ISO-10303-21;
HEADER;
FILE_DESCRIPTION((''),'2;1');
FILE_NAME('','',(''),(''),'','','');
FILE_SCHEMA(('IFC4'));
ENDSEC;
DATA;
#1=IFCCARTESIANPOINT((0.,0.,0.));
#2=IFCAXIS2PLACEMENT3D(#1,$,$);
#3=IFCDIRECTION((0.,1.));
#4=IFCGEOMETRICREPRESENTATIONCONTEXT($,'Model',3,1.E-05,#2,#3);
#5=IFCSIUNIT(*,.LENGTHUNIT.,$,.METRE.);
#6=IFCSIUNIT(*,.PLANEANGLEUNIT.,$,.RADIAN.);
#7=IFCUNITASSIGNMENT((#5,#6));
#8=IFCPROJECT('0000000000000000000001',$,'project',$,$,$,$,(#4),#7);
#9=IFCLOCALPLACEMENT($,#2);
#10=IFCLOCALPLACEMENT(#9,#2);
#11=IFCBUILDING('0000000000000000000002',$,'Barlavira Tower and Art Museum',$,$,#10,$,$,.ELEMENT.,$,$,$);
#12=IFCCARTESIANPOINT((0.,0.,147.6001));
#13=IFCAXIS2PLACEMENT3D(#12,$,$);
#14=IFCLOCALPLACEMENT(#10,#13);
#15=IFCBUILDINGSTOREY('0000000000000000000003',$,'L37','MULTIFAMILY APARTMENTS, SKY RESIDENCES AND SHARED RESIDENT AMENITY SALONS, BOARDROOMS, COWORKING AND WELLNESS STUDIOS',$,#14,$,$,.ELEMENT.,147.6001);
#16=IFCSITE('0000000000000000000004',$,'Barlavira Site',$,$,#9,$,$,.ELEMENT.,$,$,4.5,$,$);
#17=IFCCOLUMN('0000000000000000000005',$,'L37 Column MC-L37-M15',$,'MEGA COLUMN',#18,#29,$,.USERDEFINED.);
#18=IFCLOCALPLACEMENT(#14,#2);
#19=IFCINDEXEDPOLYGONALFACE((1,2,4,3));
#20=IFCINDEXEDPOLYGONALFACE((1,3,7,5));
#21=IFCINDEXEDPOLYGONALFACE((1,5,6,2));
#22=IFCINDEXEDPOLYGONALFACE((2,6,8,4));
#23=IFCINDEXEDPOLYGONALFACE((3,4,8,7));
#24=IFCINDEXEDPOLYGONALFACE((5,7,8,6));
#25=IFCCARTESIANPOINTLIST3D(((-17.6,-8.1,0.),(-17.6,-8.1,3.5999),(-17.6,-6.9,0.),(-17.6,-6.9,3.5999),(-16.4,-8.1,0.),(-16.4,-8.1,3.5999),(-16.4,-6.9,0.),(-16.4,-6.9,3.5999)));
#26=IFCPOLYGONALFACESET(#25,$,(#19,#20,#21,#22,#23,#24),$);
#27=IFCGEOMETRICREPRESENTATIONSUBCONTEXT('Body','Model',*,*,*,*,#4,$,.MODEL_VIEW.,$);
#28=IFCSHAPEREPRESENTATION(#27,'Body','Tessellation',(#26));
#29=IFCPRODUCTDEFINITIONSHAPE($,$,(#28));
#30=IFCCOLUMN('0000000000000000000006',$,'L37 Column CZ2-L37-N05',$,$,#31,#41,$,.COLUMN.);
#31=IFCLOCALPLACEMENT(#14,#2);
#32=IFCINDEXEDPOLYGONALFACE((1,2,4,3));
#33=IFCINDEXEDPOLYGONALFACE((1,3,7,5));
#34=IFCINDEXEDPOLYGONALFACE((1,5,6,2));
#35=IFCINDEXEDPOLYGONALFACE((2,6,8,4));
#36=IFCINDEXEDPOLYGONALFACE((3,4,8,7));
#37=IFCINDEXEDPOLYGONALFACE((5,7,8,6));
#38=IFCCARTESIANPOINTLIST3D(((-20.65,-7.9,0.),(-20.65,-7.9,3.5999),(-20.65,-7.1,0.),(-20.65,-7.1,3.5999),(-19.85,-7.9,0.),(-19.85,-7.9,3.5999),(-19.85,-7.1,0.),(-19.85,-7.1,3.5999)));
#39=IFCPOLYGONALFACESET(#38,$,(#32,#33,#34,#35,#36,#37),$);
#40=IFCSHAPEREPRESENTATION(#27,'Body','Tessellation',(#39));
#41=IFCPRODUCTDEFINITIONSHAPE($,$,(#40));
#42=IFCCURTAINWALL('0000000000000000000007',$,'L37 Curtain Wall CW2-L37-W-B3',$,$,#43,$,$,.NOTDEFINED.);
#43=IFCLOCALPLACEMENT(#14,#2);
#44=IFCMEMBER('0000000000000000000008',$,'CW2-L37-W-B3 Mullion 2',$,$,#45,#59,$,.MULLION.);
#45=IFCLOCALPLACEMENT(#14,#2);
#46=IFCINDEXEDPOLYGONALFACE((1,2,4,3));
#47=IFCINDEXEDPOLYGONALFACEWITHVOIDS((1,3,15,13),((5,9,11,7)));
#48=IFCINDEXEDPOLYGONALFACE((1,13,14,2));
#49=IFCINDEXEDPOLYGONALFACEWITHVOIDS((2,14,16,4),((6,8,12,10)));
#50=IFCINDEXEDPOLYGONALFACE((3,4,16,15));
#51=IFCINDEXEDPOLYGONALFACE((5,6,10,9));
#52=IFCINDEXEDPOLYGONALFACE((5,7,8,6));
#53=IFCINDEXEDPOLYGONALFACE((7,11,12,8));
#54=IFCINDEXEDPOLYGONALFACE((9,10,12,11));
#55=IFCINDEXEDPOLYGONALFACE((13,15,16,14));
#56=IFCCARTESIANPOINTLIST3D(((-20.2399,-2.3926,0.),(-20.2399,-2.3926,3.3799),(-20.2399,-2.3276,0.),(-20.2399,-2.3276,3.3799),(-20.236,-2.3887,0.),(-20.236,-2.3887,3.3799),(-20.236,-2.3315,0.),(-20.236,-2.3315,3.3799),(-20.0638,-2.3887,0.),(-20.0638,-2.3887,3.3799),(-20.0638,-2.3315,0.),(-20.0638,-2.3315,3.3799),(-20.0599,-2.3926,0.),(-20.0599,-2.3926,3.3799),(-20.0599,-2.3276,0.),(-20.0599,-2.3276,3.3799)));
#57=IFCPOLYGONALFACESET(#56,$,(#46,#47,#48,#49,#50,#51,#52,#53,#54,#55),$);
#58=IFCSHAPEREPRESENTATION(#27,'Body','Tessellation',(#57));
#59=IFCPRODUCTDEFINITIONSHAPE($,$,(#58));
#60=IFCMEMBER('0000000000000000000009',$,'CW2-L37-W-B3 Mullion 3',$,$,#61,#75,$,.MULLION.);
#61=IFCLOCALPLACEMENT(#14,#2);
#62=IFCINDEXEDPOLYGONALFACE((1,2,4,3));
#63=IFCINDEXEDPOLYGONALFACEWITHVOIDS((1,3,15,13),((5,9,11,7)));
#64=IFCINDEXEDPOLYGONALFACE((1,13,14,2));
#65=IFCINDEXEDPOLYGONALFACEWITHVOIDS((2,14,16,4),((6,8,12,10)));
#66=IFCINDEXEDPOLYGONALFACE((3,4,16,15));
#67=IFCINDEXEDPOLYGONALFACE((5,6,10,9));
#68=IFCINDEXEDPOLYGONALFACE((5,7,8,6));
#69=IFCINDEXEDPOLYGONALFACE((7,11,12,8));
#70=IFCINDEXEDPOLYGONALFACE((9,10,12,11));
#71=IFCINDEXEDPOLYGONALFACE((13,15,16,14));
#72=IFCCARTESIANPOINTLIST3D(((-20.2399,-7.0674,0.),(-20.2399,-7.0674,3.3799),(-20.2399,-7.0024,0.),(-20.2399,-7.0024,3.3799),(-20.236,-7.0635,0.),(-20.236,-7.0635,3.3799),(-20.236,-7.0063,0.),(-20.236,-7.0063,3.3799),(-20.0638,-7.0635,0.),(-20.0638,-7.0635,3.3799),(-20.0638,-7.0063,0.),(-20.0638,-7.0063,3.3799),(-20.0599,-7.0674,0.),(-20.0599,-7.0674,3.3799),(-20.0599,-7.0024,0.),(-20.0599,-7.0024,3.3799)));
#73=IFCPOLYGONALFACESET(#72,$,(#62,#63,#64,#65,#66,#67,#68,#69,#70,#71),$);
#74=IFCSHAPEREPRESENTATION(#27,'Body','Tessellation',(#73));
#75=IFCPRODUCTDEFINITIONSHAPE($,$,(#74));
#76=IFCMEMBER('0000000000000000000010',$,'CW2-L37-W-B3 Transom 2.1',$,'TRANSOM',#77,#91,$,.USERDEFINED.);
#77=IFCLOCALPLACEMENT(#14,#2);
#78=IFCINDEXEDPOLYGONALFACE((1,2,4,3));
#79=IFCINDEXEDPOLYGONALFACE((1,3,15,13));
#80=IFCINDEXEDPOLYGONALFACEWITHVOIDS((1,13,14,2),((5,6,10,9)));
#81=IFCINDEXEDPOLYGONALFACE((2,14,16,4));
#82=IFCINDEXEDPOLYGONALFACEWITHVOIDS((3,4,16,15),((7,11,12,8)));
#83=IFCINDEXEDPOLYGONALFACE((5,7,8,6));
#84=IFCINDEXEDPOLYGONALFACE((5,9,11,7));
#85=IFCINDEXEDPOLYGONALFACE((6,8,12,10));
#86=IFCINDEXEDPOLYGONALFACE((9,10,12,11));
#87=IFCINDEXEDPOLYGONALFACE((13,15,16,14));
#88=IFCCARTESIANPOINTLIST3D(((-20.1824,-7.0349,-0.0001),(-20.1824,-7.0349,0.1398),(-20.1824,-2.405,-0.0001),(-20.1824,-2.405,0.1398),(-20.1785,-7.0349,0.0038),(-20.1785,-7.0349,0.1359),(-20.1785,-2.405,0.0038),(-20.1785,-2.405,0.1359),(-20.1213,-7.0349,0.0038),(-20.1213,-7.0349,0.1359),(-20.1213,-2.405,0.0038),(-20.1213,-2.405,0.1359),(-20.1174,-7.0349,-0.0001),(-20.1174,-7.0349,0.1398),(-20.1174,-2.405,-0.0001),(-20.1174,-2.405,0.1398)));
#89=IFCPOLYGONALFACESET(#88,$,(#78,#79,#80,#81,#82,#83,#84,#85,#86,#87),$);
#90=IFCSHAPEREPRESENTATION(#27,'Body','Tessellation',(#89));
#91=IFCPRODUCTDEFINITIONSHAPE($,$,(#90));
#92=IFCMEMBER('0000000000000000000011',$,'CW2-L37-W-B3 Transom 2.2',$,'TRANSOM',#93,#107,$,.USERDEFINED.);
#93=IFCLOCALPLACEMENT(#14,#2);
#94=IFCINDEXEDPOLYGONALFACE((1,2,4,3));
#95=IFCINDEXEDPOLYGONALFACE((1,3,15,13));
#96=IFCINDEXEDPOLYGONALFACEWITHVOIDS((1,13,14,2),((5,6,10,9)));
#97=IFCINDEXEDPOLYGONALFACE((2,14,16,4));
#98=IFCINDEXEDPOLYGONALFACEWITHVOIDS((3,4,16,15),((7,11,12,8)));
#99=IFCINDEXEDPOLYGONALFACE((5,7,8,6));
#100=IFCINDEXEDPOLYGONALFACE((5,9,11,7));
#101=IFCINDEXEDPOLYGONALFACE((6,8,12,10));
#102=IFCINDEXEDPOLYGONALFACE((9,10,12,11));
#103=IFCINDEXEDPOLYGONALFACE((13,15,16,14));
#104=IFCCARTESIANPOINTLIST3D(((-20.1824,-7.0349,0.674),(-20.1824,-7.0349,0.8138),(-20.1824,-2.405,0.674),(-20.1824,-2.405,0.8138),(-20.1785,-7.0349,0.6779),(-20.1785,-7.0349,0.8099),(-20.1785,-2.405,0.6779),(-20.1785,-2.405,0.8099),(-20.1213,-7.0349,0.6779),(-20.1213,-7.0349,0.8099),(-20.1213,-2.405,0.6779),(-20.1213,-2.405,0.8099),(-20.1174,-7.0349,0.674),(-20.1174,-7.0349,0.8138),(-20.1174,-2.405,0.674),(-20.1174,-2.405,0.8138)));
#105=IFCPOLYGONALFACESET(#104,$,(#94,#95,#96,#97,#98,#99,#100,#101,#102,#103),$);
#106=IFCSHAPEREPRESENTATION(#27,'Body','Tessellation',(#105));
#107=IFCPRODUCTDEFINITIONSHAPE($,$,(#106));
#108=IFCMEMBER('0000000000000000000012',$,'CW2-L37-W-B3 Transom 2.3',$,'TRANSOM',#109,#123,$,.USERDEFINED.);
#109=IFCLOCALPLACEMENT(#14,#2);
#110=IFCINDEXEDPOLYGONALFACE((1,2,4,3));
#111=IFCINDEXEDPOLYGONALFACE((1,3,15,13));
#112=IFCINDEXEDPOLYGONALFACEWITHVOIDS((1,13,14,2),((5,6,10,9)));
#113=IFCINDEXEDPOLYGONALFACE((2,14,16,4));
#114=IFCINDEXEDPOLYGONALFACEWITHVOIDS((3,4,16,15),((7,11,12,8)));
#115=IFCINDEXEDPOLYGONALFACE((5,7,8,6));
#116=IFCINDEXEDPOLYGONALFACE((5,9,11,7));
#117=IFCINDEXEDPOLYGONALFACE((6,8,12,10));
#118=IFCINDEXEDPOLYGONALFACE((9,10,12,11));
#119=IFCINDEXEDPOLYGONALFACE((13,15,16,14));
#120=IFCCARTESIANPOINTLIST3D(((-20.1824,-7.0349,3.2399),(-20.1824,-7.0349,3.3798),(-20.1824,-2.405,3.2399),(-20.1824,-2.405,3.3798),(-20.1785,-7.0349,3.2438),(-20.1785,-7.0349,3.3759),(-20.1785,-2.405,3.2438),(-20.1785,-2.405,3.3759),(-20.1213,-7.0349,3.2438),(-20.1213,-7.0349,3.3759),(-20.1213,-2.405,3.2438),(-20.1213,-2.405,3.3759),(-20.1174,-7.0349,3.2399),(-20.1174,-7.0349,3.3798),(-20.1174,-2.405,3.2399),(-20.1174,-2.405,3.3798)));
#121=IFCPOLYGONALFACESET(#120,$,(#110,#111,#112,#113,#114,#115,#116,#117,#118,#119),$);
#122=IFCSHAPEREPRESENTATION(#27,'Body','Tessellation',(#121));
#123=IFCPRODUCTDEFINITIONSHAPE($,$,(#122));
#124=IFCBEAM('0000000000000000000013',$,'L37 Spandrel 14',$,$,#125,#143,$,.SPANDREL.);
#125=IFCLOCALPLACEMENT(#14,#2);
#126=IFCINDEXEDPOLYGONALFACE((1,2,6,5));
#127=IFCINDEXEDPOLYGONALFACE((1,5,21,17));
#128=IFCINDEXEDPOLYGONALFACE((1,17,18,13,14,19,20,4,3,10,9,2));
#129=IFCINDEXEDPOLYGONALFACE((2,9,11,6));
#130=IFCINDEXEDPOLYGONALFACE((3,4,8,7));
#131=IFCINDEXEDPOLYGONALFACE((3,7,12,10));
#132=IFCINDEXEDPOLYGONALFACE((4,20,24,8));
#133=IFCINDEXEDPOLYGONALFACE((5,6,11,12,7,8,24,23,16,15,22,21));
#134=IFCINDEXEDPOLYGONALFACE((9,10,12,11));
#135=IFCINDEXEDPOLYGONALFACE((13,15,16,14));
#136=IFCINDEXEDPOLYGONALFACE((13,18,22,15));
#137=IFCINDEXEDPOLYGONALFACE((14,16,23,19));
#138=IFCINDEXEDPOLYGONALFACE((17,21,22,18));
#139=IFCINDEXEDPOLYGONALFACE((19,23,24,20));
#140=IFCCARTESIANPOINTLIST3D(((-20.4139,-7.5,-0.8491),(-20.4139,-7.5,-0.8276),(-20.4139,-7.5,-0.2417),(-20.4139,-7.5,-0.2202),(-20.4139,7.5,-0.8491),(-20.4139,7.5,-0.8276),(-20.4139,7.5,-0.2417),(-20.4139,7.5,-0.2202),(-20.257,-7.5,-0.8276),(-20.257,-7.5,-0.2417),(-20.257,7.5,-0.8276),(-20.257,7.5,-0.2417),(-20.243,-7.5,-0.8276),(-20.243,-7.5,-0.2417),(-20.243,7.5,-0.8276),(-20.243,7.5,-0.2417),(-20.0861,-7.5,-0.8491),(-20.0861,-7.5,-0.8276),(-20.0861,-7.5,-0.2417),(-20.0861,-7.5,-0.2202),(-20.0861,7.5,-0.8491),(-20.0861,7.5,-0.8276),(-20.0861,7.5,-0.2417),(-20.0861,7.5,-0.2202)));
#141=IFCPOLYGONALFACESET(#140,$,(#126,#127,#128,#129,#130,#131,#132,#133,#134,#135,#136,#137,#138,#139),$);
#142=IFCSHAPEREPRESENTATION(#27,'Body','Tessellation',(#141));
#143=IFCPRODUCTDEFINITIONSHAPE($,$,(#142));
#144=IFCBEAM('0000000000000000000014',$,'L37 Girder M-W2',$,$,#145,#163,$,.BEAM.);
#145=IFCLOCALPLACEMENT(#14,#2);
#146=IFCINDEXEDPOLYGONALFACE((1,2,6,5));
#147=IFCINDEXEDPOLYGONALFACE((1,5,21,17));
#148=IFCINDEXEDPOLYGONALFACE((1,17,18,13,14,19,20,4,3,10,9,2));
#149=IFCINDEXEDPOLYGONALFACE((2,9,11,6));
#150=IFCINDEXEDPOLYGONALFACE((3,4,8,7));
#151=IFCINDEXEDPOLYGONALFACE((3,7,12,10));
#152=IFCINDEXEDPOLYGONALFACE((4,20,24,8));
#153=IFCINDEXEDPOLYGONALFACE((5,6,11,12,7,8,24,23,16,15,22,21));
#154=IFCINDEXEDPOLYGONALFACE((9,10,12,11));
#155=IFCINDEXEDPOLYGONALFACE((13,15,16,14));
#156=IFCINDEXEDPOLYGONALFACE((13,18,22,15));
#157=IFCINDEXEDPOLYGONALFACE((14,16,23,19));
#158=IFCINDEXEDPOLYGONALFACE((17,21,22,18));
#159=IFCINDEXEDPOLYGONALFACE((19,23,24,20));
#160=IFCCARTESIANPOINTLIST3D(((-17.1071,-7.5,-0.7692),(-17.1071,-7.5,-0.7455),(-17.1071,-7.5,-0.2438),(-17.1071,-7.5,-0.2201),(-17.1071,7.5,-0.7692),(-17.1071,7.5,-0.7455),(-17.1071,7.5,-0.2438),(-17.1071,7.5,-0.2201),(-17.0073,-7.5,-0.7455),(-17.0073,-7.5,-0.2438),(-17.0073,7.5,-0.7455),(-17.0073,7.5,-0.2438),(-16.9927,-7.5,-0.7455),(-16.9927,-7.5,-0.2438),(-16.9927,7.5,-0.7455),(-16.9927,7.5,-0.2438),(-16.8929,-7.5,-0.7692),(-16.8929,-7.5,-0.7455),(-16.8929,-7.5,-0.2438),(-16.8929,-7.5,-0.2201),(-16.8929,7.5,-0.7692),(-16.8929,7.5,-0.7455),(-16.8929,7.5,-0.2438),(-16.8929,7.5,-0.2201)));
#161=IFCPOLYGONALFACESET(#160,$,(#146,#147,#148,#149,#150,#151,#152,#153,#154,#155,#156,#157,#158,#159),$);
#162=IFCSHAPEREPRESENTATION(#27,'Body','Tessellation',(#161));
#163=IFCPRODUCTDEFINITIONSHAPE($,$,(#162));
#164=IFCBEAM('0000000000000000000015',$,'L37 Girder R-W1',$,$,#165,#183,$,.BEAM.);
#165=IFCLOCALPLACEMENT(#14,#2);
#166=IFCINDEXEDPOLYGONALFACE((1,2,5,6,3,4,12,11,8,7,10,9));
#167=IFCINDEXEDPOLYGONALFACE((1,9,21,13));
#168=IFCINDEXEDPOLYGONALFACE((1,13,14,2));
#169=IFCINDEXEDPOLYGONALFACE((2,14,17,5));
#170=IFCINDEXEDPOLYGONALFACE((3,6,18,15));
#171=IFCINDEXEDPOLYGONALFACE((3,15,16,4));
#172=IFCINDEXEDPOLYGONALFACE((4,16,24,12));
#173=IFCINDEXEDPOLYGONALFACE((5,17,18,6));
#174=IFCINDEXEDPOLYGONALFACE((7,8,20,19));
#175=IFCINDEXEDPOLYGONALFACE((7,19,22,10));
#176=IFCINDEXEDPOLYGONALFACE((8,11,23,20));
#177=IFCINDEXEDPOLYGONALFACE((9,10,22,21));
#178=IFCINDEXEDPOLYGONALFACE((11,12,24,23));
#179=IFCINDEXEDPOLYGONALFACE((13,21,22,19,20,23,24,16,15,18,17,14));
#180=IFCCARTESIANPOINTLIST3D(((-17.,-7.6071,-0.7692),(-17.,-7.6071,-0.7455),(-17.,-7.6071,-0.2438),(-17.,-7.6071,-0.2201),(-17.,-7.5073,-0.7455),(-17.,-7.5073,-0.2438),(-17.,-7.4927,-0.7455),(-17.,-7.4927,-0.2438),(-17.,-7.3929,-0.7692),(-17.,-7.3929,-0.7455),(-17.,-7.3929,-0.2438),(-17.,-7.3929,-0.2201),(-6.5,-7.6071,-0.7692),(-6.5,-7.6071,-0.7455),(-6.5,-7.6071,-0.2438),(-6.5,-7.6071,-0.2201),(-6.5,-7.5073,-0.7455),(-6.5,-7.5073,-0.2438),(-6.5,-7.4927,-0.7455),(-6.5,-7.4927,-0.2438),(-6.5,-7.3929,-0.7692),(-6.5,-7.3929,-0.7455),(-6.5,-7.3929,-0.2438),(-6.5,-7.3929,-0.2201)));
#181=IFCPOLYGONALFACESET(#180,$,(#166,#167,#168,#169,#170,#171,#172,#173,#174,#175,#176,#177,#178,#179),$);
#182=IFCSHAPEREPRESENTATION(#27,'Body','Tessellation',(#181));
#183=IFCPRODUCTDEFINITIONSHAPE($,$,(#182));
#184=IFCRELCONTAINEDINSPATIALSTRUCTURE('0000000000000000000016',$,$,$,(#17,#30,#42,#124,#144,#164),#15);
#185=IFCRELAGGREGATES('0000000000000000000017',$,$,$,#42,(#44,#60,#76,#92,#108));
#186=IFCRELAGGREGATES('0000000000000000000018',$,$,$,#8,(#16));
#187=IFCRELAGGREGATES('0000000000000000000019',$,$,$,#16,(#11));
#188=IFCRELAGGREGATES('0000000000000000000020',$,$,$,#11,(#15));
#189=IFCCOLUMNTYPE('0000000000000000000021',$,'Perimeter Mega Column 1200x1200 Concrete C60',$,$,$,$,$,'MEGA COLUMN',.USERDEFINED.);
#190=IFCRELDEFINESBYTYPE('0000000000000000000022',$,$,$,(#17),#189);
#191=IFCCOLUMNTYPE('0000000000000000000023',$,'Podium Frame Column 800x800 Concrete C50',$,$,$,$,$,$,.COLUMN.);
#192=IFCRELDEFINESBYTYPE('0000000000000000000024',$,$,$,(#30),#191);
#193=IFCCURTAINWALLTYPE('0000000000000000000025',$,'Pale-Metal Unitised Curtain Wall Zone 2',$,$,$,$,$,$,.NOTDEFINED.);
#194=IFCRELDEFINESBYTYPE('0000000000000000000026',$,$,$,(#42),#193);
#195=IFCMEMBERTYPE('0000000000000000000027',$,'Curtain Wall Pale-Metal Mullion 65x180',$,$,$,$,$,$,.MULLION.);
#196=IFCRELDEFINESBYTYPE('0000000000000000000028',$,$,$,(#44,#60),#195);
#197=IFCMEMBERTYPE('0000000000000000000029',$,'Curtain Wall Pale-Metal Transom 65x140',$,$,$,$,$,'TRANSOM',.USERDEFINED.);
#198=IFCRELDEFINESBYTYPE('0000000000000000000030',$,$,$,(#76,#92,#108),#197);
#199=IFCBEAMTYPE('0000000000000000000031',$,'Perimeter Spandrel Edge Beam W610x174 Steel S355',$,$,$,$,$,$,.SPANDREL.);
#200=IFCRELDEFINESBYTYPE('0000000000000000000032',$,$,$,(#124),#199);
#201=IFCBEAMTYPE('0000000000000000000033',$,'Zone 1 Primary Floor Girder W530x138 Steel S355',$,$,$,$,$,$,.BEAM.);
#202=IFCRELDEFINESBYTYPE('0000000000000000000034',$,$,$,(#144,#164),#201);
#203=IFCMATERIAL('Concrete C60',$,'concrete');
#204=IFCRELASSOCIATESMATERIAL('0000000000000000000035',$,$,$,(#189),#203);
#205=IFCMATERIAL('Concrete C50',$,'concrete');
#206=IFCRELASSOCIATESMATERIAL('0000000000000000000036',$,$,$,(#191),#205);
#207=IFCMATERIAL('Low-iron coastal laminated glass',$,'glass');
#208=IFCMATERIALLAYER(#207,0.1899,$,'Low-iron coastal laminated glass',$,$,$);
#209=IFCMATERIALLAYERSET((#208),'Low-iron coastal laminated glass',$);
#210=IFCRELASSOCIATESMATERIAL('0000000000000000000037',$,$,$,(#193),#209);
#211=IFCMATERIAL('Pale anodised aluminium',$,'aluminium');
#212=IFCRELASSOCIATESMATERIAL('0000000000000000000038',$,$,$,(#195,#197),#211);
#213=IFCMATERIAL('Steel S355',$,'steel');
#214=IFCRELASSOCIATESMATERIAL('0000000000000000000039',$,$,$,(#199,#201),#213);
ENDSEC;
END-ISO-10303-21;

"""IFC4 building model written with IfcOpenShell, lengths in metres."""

from ifc_helpers import new_model, si_unit, direction, frame, origin, origin_2d, place, context, subcontext, project, spatial, rectangle, hollow_rectangle, i_section, extrude, material, layer, layer_set, material_profile, profile_set, type_object, element, aggregate, save


model = new_model("IFC4")

# Units and contexts
model_context = context("Model", 3, precision=1e-05, world=origin(), true_north=direction((0.0, 1.0)))
body_context = subcontext(model_context, "Body", "Model", "MODEL_VIEW")
ifc_project = project(units=[si_unit("LENGTHUNIT", "METRE"), si_unit("PLANEANGLEUNIT", "RADIAN")], contexts=[model_context])

# Site, building, storey
site_placement = place(None, origin())
site = spatial("IfcSite", under=ifc_project, at=site_placement, Name="Barlavira Site", CompositionType="ELEMENT", RefElevation=4.5)
building_placement = place(site_placement, origin())
building = spatial("IfcBuilding", under=site, at=building_placement, Name="Barlavira Tower and Art Museum", CompositionType="ELEMENT")
storey_placement = place(building_placement, frame((0.0, 0.0, 147.6001)))
storey = spatial("IfcBuildingStorey", under=building, at=storey_placement, Name="L37", Description="MULTIFAMILY APARTMENTS, SKY RESIDENCES AND SHARED RESIDENT AMENITY SALONS, BOARDROOMS, COWORKING AND WELLNESS STUDIOS", CompositionType="ELEMENT", Elevation=147.6001)

# Columns
ifc_material_1 = material(Name="Concrete C60", Category="concrete")
ifc_material_profile_1 = material_profile(ifc_material_1, rectangle(XDim=1.2, YDim=1.2, at=origin_2d()), Name="RC-COL 1200x1200")
ifc_profile_set_1 = profile_set([ifc_material_profile_1], Name="Concrete C60")
column_type_1 = type_object("IfcColumnType", Name="Perimeter Mega Column 1200x1200 Concrete C60", ElementType="MEGA COLUMN", PredefinedType="USERDEFINED", material=ifc_profile_set_1)
column_1_placement = place(storey_placement, frame((-17.0, -7.5, 0.0), z_axis=(0.0, 0.0, 1.0), x_axis=(1.0, 0.0, 0.0)))
element("IfcColumn", 1, at=column_1_placement, inside=storey, type_object=column_type_1, Name="L37 Column MC-L37-M15", ObjectType="MEGA COLUMN", PredefinedType="USERDEFINED", context=body_context, shape_type="SweptSolid", body=[
    extrude(rectangle(XDim=1.2, YDim=1.2, at=origin_2d()), origin(), (0.0, 0.0, 1.0), 3.5999),
])
ifc_material_2 = material(Name="Concrete C50", Category="concrete")
ifc_material_profile_2 = material_profile(ifc_material_2, rectangle(XDim=0.8, YDim=0.8, at=origin_2d()), Name="RC-COL 800x800")
ifc_profile_set_2 = profile_set([ifc_material_profile_2], Name="Concrete C50")
column_type_2 = type_object("IfcColumnType", Name="Podium Frame Column 800x800 Concrete C50", PredefinedType="COLUMN", material=ifc_profile_set_2)
column_2_placement = place(storey_placement, frame((-20.25, -7.5, 0.0), z_axis=(0.0, 0.0, 1.0), x_axis=(1.0, 0.0, 0.0)))
element("IfcColumn", 2, at=column_2_placement, inside=storey, type_object=column_type_2, Name="L37 Column CZ2-L37-N05", PredefinedType="COLUMN", context=body_context, shape_type="SweptSolid", body=[
    extrude(rectangle(XDim=0.8, YDim=0.8, at=origin_2d()), origin(), (0.0, 0.0, 1.0), 3.5999),
])

# Curtain wall, members
ifc_material_3 = material(Name="Low-iron coastal laminated glass", Category="glass")
ifc_layer_1 = layer(ifc_material_3, 0.1899, Name="Low-iron coastal laminated glass")
ifc_layer_set_1 = layer_set([ifc_layer_1], Name="Low-iron coastal laminated glass")
curtain_wall_type = type_object("IfcCurtainWallType", Name="Pale-Metal Unitised Curtain Wall Zone 2", PredefinedType="NOTDEFINED", material=ifc_layer_set_1)
curtain_wall_placement = place(storey_placement, origin())
curtain_wall = element("IfcCurtainWall", 3, at=curtain_wall_placement, inside=storey, type_object=curtain_wall_type, Name="L37 Curtain Wall CW2-L37-W-B3", PredefinedType="NOTDEFINED")
ifc_material_4 = material(Name="Pale anodised aluminium", Category="aluminium")
ifc_material_profile_3 = material_profile(ifc_material_4, hollow_rectangle(XDim=0.0649, YDim=0.1799, WallThickness=0.0039, at=origin_2d()), Name="ALU-MULL 65x180x4")
ifc_profile_set_3 = profile_set([ifc_material_profile_3], Name="Pale anodised aluminium")
member_type_1 = type_object("IfcMemberType", Name="Curtain Wall Pale-Metal Mullion 65x180", PredefinedType="MULLION", material=ifc_profile_set_3)
member_1_placement = place(storey_placement, frame((-20.1499, -2.3601, 0.0), z_axis=(0.0, 0.0, 1.0), x_axis=(0.0, -1.0, 0.0)))
member_1 = element("IfcMember", 4, at=member_1_placement, type_object=member_type_1, Name="CW2-L37-W-B3 Mullion 2", PredefinedType="MULLION", context=body_context, shape_type="SweptSolid", body=[
    extrude(hollow_rectangle(XDim=0.0649, YDim=0.1799, WallThickness=0.0039, at=origin_2d()), origin(), (0.0, 0.0, 1.0), 3.3799),
])
member_2_placement = place(storey_placement, frame((-20.1499, -7.0349, 0.0), z_axis=(0.0, 0.0, 1.0), x_axis=(0.0, -1.0, 0.0)))
member_2 = element("IfcMember", 5, at=member_2_placement, type_object=member_type_1, Name="CW2-L37-W-B3 Mullion 3", PredefinedType="MULLION", context=body_context, shape_type="SweptSolid", body=[
    extrude(hollow_rectangle(XDim=0.0649, YDim=0.1799, WallThickness=0.0039, at=origin_2d()), origin(), (0.0, 0.0, 1.0), 3.3799),
])
ifc_material_profile_4 = material_profile(ifc_material_4, hollow_rectangle(XDim=0.0649, YDim=0.1399, WallThickness=0.0039, at=origin_2d()), Name="ALU-TRAN 65x140x4")
ifc_profile_set_4 = profile_set([ifc_material_profile_4], Name="Pale anodised aluminium")
member_type_2 = type_object("IfcMemberType", Name="Curtain Wall Pale-Metal Transom 65x140", ElementType="TRANSOM", PredefinedType="USERDEFINED", material=ifc_profile_set_4)
member_3_placement = place(storey_placement, frame((-20.1499, -2.405, 0.0698), z_axis=(0.0, -1.0, 0.0), x_axis=(1.0, 0.0, 0.0)))
member_3 = element("IfcMember", 6, at=member_3_placement, type_object=member_type_2, Name="CW2-L37-W-B3 Transom 2.1", ObjectType="TRANSOM", PredefinedType="USERDEFINED", context=body_context, shape_type="SweptSolid", body=[
    extrude(hollow_rectangle(XDim=0.0649, YDim=0.1399, WallThickness=0.0039, at=origin_2d()), origin(), (0.0, 0.0, 1.0), 4.6299),
])
member_4_placement = place(storey_placement, frame((-20.1499, -2.405, 0.7439), z_axis=(0.0, -1.0, 0.0), x_axis=(1.0, 0.0, 0.0)))
member_4 = element("IfcMember", 7, at=member_4_placement, type_object=member_type_2, Name="CW2-L37-W-B3 Transom 2.2", ObjectType="TRANSOM", PredefinedType="USERDEFINED", context=body_context, shape_type="SweptSolid", body=[
    extrude(hollow_rectangle(XDim=0.0649, YDim=0.1399, WallThickness=0.0039, at=origin_2d()), origin(), (0.0, 0.0, 1.0), 4.6299),
])
member_5_placement = place(storey_placement, frame((-20.1499, -2.405, 3.3098), z_axis=(0.0, -1.0, 0.0), x_axis=(1.0, 0.0, 0.0)))
member_5 = element("IfcMember", 8, at=member_5_placement, type_object=member_type_2, Name="CW2-L37-W-B3 Transom 2.3", ObjectType="TRANSOM", PredefinedType="USERDEFINED", context=body_context, shape_type="SweptSolid", body=[
    extrude(hollow_rectangle(XDim=0.0649, YDim=0.1399, WallThickness=0.0039, at=origin_2d()), origin(), (0.0, 0.0, 1.0), 4.6299),
])

# Beams
ifc_material_5 = material(Name="Steel S355", Category="steel")
ifc_material_profile_5 = material_profile(ifc_material_5, i_section(OverallWidth=0.3279, OverallDepth=0.6289, WebThickness=0.0139, FlangeThickness=0.0215, at=origin_2d()), Name="W610x174.0")
ifc_profile_set_5 = profile_set([ifc_material_profile_5], Name="Steel S355")
beam_type_1 = type_object("IfcBeamType", Name="Perimeter Spandrel Edge Beam W610x174 Steel S355", PredefinedType="SPANDREL", material=ifc_profile_set_5)
beam_1_placement = place(storey_placement, frame((-20.25, -7.5, -0.5347), z_axis=(0.0, 1.0, 0.0), x_axis=(-1.0, 0.0, 0.0)))
element("IfcBeam", 9, at=beam_1_placement, inside=storey, type_object=beam_type_1, Name="L37 Spandrel 14", PredefinedType="SPANDREL", context=body_context, shape_type="SweptSolid", body=[
    extrude(i_section(OverallWidth=0.3279, OverallDepth=0.6289, WebThickness=0.0139, FlangeThickness=0.0215, at=origin_2d()), origin(), (0.0, 0.0, 1.0), 15.0),
])
ifc_material_profile_6 = material_profile(ifc_material_5, i_section(OverallWidth=0.2141, OverallDepth=0.5491, WebThickness=0.0146, FlangeThickness=0.0237, at=origin_2d()), Name="W530x138.0")
ifc_profile_set_6 = profile_set([ifc_material_profile_6], Name="Steel S355")
beam_type_2 = type_object("IfcBeamType", Name="Zone 1 Primary Floor Girder W530x138 Steel S355", PredefinedType="BEAM", material=ifc_profile_set_6)
beam_2_placement = place(storey_placement, frame((-17.0, -7.5, -0.4946), z_axis=(0.0, 1.0, 0.0), x_axis=(-1.0, 0.0, 0.0)))
element("IfcBeam", 10, at=beam_2_placement, inside=storey, type_object=beam_type_2, Name="L37 Girder M-W2", PredefinedType="BEAM", context=body_context, shape_type="SweptSolid", body=[
    extrude(i_section(OverallWidth=0.2141, OverallDepth=0.5491, WebThickness=0.0146, FlangeThickness=0.0237, at=origin_2d()), origin(), (0.0, 0.0, 1.0), 15.0),
])
beam_3_placement = place(storey_placement, frame((-17.0, -7.5, -0.4946), z_axis=(1.0, 0.0, 0.0), x_axis=(0.0, 1.0, 0.0)))
element("IfcBeam", 11, at=beam_3_placement, inside=storey, type_object=beam_type_2, Name="L37 Girder R-W1", PredefinedType="BEAM", context=body_context, shape_type="SweptSolid", body=[
    extrude(i_section(OverallWidth=0.2141, OverallDepth=0.5491, WebThickness=0.0146, FlangeThickness=0.0237, at=origin_2d()), origin(), (0.0, 0.0, 1.0), 10.5),
])

aggregate(curtain_wall, [member_1, member_2, member_3, member_4, member_5])

save(model, "model.ifc")
